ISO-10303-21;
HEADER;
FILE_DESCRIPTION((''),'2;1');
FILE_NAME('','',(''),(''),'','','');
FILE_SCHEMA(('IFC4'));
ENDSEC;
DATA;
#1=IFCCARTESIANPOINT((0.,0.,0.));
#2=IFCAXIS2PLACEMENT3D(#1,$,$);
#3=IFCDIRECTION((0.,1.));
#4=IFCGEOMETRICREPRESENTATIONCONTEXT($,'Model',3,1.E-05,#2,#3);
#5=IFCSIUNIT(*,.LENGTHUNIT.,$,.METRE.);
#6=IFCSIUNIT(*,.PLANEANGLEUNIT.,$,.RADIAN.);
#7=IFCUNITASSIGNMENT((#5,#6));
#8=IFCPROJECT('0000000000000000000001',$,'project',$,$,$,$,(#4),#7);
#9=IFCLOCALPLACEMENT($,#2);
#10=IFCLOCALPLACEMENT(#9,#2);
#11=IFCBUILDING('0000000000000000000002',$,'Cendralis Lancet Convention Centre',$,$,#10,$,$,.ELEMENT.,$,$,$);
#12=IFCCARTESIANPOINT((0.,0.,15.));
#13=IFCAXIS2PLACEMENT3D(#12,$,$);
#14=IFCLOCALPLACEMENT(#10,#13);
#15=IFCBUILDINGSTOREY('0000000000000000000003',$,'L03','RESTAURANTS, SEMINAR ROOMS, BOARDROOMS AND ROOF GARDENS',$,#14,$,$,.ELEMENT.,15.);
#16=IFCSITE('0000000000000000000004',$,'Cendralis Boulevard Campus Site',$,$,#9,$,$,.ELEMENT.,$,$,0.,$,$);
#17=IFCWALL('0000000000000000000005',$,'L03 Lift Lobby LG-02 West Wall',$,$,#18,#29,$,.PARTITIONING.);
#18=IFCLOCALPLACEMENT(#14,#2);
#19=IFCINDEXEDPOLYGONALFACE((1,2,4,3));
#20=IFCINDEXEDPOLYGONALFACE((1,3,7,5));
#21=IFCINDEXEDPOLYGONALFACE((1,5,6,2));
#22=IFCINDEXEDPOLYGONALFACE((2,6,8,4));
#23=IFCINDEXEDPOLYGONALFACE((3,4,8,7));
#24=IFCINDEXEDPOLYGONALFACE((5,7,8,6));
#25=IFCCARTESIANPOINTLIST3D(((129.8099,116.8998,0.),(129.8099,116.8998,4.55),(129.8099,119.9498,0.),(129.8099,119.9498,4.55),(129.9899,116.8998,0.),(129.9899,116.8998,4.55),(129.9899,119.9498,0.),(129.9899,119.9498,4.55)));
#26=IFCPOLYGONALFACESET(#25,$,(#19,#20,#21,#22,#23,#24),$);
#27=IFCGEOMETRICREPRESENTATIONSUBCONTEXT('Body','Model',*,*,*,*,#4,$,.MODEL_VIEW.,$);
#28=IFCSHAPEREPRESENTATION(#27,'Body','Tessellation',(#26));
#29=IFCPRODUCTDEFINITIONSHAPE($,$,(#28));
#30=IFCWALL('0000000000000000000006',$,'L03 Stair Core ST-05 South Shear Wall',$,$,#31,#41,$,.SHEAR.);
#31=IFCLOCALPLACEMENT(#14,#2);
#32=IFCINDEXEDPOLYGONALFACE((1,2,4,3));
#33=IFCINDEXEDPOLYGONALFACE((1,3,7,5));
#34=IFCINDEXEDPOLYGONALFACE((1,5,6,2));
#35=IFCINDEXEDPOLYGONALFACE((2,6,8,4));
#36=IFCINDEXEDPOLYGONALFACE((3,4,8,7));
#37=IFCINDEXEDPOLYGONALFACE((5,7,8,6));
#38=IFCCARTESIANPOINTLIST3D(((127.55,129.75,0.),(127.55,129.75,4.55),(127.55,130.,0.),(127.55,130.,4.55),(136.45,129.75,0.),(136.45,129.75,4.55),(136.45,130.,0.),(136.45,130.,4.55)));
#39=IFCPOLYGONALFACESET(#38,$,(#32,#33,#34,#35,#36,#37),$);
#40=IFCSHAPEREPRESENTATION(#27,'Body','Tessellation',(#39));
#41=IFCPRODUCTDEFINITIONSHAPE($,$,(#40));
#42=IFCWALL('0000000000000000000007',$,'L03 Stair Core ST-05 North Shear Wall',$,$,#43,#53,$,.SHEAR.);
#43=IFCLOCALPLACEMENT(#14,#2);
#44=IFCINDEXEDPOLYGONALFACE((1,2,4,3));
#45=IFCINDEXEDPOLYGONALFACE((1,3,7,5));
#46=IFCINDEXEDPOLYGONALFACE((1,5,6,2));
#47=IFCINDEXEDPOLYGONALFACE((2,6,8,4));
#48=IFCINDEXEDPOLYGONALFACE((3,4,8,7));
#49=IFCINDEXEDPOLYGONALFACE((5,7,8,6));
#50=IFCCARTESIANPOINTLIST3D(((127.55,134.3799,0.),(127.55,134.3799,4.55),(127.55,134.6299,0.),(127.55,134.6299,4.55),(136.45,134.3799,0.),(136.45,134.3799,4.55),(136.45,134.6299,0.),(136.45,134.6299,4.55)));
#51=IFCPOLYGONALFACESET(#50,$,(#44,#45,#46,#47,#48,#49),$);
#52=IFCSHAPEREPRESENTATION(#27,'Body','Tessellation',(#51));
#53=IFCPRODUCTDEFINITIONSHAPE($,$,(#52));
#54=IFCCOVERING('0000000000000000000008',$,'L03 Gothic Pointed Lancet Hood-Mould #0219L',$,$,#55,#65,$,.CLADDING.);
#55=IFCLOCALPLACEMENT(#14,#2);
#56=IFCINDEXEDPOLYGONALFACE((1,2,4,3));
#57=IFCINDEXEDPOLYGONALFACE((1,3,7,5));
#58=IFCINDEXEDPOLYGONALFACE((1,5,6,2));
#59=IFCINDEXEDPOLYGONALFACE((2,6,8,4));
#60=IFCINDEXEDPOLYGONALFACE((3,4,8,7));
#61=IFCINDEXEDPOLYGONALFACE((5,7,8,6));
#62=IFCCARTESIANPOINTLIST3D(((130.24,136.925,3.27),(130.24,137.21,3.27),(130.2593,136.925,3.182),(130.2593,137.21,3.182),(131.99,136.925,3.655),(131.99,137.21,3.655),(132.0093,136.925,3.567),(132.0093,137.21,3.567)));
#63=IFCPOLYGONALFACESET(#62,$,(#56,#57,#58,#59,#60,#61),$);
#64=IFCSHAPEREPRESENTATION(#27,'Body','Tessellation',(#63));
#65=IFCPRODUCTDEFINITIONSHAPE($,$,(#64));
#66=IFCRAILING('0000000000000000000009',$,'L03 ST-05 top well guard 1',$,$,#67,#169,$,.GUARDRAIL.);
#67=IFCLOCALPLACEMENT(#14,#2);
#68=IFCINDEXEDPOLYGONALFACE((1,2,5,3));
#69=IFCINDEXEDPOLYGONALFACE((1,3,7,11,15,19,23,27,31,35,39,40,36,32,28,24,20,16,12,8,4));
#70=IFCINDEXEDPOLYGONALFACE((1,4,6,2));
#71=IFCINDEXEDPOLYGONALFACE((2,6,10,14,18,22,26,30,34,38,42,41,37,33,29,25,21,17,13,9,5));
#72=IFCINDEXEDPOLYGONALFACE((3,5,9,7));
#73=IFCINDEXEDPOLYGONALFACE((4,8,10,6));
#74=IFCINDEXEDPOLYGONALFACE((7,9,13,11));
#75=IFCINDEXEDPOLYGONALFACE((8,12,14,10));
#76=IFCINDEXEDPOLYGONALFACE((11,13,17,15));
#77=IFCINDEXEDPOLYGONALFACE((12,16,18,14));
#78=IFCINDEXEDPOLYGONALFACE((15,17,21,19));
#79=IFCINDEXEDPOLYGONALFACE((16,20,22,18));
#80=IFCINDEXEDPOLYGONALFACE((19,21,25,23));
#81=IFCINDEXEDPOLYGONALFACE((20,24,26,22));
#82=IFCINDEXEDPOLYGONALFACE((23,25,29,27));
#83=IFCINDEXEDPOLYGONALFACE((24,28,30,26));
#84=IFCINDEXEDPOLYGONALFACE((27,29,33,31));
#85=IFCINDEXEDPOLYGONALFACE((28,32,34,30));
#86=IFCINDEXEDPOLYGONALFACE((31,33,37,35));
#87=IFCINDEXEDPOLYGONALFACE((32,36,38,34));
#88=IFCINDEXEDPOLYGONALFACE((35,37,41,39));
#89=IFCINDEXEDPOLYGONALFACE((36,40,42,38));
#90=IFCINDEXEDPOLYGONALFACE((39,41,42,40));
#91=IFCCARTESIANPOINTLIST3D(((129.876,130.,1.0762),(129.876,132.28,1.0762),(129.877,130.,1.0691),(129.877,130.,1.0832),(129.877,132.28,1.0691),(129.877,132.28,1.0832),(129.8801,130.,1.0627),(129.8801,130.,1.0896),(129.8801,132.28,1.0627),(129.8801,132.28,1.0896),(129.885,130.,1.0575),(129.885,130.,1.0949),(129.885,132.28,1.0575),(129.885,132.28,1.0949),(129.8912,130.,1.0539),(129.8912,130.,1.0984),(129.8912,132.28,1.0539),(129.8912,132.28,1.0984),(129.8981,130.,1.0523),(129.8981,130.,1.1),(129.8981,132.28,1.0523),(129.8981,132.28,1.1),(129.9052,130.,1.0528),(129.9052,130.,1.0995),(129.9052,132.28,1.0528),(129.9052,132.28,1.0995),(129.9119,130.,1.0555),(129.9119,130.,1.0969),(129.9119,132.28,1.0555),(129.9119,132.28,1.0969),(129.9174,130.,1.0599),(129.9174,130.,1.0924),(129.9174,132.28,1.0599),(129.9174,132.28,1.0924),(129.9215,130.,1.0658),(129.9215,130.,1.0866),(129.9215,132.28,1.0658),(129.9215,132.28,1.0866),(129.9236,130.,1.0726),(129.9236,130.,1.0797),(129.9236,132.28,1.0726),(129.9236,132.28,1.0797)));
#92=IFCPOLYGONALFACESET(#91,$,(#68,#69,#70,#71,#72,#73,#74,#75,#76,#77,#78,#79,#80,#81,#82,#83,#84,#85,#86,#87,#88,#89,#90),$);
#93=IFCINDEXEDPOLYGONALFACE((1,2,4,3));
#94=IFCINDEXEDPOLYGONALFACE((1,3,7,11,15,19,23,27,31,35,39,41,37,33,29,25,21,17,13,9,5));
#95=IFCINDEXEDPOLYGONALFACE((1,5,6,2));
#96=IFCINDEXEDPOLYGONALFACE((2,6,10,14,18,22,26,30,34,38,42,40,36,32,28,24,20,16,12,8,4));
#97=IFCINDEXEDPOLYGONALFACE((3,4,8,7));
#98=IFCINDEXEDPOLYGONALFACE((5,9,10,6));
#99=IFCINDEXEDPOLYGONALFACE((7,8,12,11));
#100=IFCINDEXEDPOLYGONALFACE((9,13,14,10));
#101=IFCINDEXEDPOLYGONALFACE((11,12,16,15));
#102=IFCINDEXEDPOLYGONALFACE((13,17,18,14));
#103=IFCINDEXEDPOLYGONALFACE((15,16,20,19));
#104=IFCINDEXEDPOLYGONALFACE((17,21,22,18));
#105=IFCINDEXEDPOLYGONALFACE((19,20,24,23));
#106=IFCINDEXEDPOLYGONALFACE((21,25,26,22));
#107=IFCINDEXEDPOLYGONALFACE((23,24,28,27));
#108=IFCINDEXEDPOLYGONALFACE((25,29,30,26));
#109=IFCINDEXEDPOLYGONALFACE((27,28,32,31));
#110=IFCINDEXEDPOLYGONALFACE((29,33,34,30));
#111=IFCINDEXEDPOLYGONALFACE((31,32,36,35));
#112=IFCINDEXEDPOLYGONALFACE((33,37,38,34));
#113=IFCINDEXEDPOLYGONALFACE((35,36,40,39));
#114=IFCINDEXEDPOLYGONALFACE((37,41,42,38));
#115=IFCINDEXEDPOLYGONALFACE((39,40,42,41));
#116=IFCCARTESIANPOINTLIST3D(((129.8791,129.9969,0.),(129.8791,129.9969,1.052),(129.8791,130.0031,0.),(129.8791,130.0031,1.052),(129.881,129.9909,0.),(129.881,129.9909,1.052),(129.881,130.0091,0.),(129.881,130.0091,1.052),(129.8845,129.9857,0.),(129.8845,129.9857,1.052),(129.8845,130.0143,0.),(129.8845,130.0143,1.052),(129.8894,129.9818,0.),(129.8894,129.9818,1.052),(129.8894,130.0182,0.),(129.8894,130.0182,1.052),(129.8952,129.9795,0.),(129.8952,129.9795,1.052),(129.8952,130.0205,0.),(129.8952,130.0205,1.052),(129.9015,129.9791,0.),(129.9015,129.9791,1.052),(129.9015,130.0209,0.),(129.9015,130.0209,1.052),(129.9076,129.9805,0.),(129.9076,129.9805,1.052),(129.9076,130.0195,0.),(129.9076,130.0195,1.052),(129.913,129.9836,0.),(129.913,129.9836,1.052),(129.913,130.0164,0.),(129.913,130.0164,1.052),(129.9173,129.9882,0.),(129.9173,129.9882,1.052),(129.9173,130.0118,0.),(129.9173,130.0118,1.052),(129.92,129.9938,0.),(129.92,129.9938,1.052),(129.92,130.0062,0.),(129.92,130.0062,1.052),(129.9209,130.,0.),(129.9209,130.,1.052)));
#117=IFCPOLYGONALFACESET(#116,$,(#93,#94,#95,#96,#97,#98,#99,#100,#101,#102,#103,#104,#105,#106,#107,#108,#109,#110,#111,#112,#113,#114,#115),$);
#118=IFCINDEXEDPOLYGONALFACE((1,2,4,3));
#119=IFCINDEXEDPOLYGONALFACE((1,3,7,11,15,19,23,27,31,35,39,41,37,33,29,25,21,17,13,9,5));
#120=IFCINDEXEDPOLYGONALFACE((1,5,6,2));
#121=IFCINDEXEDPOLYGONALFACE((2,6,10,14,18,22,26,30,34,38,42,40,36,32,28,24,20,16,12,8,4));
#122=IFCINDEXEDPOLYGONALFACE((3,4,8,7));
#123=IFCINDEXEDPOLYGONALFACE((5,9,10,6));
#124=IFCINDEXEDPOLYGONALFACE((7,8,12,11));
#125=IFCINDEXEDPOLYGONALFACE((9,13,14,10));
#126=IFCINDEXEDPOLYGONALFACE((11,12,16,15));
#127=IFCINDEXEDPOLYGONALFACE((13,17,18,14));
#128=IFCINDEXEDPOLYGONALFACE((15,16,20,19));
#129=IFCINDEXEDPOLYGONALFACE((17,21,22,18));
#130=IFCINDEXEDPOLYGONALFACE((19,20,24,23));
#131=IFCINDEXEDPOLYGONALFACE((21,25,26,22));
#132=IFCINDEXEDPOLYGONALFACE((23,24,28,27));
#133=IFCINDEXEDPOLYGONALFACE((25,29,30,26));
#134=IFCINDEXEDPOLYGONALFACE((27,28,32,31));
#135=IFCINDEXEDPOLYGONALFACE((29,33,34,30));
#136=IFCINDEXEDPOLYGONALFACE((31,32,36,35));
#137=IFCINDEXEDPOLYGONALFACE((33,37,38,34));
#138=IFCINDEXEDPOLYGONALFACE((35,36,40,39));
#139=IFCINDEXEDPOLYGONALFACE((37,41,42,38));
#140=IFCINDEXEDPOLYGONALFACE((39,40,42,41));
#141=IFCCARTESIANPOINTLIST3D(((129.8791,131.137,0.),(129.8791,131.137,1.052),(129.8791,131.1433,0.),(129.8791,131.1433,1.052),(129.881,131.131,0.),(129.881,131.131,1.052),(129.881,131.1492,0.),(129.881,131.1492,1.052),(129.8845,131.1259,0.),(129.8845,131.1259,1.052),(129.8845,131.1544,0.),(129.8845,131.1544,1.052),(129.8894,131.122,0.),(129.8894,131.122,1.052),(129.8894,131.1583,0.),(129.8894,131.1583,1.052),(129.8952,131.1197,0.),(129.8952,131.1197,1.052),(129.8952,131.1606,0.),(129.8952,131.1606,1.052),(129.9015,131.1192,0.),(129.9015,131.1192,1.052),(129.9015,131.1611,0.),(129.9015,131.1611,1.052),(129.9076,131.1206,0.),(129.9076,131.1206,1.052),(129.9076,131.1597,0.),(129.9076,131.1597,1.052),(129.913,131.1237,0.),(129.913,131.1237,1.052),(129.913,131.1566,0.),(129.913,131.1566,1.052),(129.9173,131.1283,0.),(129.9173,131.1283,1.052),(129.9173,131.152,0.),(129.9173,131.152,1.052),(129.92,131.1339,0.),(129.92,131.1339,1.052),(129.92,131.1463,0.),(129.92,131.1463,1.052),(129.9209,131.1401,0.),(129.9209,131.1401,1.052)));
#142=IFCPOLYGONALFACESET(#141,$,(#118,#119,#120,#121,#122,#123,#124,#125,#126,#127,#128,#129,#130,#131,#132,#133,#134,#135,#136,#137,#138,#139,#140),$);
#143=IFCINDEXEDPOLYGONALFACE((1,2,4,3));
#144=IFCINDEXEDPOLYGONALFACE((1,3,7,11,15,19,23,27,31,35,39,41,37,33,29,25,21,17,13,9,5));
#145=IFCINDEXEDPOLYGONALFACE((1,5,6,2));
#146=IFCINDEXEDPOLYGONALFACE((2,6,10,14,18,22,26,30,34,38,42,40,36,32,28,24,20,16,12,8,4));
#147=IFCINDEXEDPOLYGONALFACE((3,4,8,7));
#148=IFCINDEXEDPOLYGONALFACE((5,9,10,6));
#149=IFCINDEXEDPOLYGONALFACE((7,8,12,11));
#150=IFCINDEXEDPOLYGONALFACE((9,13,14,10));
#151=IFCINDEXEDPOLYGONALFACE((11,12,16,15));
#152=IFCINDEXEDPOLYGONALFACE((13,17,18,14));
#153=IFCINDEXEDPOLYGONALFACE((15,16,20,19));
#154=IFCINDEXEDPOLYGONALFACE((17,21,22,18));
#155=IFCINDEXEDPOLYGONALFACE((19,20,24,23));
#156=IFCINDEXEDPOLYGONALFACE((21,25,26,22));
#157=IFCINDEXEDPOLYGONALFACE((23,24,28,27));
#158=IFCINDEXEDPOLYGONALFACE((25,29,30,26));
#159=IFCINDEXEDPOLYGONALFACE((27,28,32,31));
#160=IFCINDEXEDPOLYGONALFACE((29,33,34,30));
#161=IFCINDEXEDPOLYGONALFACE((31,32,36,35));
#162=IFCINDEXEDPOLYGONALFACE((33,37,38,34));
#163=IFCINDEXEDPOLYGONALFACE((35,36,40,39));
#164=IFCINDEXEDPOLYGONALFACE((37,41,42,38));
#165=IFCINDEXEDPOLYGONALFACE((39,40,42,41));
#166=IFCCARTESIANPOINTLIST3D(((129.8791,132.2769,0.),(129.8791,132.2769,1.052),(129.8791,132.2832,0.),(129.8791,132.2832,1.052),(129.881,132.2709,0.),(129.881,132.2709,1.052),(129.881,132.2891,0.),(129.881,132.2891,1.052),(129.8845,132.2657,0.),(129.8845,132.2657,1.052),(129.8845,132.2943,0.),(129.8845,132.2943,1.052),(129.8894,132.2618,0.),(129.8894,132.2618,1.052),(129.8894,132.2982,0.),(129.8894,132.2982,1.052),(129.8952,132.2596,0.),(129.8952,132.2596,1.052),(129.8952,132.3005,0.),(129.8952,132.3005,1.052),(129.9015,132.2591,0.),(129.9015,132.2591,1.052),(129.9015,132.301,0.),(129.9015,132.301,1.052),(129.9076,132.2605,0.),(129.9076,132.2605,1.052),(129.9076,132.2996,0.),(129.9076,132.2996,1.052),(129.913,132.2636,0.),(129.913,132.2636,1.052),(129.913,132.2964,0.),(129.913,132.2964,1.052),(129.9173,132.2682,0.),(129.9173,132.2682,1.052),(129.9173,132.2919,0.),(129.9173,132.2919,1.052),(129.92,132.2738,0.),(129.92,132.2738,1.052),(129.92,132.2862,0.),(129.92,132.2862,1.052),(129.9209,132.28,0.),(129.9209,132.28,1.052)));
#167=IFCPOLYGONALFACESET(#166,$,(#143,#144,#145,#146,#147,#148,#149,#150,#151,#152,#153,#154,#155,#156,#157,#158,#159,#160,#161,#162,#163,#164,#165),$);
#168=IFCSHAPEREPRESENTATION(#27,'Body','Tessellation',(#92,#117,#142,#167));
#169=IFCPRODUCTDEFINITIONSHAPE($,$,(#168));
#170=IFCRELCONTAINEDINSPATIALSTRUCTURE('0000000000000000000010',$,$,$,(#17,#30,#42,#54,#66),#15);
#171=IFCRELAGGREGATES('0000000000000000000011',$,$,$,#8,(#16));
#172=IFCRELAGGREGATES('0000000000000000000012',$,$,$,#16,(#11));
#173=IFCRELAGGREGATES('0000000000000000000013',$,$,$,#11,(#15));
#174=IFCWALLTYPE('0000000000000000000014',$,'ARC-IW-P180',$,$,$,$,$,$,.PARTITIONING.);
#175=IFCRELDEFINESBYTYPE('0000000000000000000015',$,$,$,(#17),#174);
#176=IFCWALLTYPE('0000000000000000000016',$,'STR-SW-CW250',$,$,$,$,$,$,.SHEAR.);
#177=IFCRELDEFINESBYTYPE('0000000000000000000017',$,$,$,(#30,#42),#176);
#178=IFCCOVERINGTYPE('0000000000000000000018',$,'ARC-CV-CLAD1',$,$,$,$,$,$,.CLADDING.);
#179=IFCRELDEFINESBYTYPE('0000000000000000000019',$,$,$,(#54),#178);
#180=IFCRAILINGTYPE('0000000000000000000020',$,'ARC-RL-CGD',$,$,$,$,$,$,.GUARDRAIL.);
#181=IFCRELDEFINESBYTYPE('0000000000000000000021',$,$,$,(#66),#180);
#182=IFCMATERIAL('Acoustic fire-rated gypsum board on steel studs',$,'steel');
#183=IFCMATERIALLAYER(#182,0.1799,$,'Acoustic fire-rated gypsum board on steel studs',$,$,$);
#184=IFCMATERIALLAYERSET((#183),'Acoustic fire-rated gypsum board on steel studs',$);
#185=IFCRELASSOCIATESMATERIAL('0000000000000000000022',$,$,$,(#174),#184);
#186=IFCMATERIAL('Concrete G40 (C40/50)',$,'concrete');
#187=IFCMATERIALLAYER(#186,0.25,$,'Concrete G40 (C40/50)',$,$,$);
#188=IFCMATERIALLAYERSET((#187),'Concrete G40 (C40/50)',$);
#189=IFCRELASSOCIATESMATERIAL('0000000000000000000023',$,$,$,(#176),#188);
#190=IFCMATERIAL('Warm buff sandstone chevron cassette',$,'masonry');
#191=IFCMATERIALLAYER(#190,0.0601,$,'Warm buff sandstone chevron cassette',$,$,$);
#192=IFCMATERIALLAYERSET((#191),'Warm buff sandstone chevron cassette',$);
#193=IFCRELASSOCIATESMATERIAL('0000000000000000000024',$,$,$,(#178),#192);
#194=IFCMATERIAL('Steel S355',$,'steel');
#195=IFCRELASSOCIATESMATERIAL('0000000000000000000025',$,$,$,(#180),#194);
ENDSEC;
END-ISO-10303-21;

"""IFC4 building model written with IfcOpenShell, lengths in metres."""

from ifc_helpers import new_model, si_unit, direction, frame, frame_2d, origin, origin_2d, place, context, subcontext, project, spatial, polyline, rectangle, circle, outline, extrude, material, layer, layer_set, type_object, element, save


model = new_model("IFC4")

# Units and contexts
model_context = context("Model", 3, precision=1e-05, world=origin(), true_north=direction((0.0, 1.0)))
body_context = subcontext(model_context, "Body", "Model", "MODEL_VIEW")
ifc_project = project(units=[si_unit("LENGTHUNIT", "METRE"), si_unit("PLANEANGLEUNIT", "RADIAN")], contexts=[model_context])

# Site, building, storey
site_placement = place(None, origin())
site = spatial("IfcSite", under=ifc_project, at=site_placement, Name="Cendralis Boulevard Campus Site", CompositionType="ELEMENT", RefElevation=0.0)
building_placement = place(site_placement, origin())
building = spatial("IfcBuilding", under=site, at=building_placement, Name="Cendralis Lancet Convention Centre", CompositionType="ELEMENT")
storey_placement = place(building_placement, frame((0.0, 0.0, 15.0)))
storey = spatial("IfcBuildingStorey", under=building, at=storey_placement, Name="L03", Description="RESTAURANTS, SEMINAR ROOMS, BOARDROOMS AND ROOF GARDENS", CompositionType="ELEMENT", Elevation=15.0)

# Shared definitions
ifc_material_1 = material(Name="Steel S355", Category="steel")

# Shared definitions
ifc_material_2 = material(Name="Concrete G40 (C40/50)", Category="concrete")

# Shared definitions
ifc_material_3 = material(Name="Acoustic fire-rated gypsum board on steel studs", Category="steel")

# Wall
ifc_layer_1 = layer(ifc_material_3, 0.1799, Name="Acoustic fire-rated gypsum board on steel studs")
ifc_layer_set_1 = layer_set([ifc_layer_1], Name="Acoustic fire-rated gypsum board on steel studs")
wall_type_1 = type_object("IfcWallType", Name="ARC-IW-P180", PredefinedType="PARTITIONING", material=ifc_layer_set_1)
wall_1_placement = place(storey_placement, frame((129.8999, 116.8999, 0.0), z_axis=(0.0, 0.0, 1.0), x_axis=(0.0, 1.0, 0.0)))
element("IfcWall", 1, at=wall_1_placement, inside=storey, type_object=wall_type_1, Name="L03 Lift Lobby LG-02 West Wall", PredefinedType="PARTITIONING", context=body_context, shape_type="SweptSolid", body=[
    extrude(rectangle(XDim=3.05, YDim=0.1799, at=frame_2d((1.5249, 0.0))), origin(), (0.0, 0.0, 1.0), 4.55),
])

# Shared definitions
ifc_layer_2 = layer(ifc_material_2, 0.25, Name="Concrete G40 (C40/50)")
ifc_layer_set_2 = layer_set([ifc_layer_2], Name="Concrete G40 (C40/50)")
wall_type_2 = type_object("IfcWallType", Name="STR-SW-CW250", PredefinedType="SHEAR", material=ifc_layer_set_2)

# Walls
for number, where, z_axis, x_axis, name in (
    (2, (127.55, 129.875, 0.0), (0.0, 0.0, 1.0), (1.0, 0.0, 0.0), "L03 Stair Core ST-05 South Shear Wall"),
    (3, (127.55, 134.5049, 0.0), (0.0, 0.0, 1.0), (1.0, 0.0, 0.0), "L03 Stair Core ST-05 North Shear Wall"),
):
    element("IfcWall", number, at=place(storey_placement, frame(where, z_axis=z_axis, x_axis=x_axis)), inside=storey, type_object=wall_type_2, Name=name, PredefinedType="SHEAR", context=body_context, shape_type="SweptSolid", body=[
        extrude(rectangle(XDim=8.8999, YDim=0.25, at=frame_2d((4.45, 0.0))), origin(), (0.0, 0.0, 1.0), 4.55),
    ])

# Covering
ifc_material_4 = material(Name="Warm buff sandstone chevron cassette", Category="masonry")
ifc_layer_3 = layer(ifc_material_4, 0.0601, Name="Warm buff sandstone chevron cassette")
ifc_layer_set_3 = layer_set([ifc_layer_3], Name="Warm buff sandstone chevron cassette")
covering_type = type_object("IfcCoveringType", Name="ARC-CV-CLAD1", PredefinedType="CLADDING", material=ifc_layer_set_3)
covering_placement = place(storey_placement, frame((130.24, 137.21, 3.27), z_axis=(-0.214867, 0.0, 0.976643), x_axis=(0.0, -1.0, 0.0)))
element("IfcCovering", 4, at=covering_placement, inside=storey, type_object=covering_type, Name="L03 Gothic Pointed Lancet Hood-Mould #0219L", PredefinedType="CLADDING", context=body_context, shape_type="SweptSolid", body=[
    extrude(outline(polyline([(0.0, 0.0), (0.2849, 0.0), (0.2849, 1.7919), (0.0, 1.7919), (0.0, 0.0)])), origin(), (0.0, 0.0, -1.0), 0.0901),
])

# Railing
railing_type = type_object("IfcRailingType", Name="ARC-RL-CGD", PredefinedType="GUARDRAIL", material=ifc_material_1)
railing_placement = place(storey_placement, frame((129.8999, 130.0, 0.0)))
element("IfcRailing", 5, at=railing_placement, inside=storey, type_object=railing_type, Name="L03 ST-05 top well guard 1", PredefinedType="GUARDRAIL", context=body_context, shape_type="SweptSolid", body=[
    extrude(circle(Radius=0.0239, at=origin_2d()), frame((0.0, 0.0, 1.0762), z_axis=(0.0, 1.0, 0.0), x_axis=(-1.0, 0.0, 0.0)), (0.0, 0.0, 1.0), 2.28),
    extrude(circle(Radius=0.021, at=origin_2d()), origin(), (0.0, 0.0, 1.0), 1.052),
    extrude(circle(Radius=0.021, at=origin_2d()), frame((0.0, 1.1401, 0.0)), (0.0, 0.0, 1.0), 1.052),
    extrude(circle(Radius=0.021, at=origin_2d()), frame((0.0, 2.28, 0.0)), (0.0, 0.0, 1.0), 1.052),
])

save(model, "model.ifc")
